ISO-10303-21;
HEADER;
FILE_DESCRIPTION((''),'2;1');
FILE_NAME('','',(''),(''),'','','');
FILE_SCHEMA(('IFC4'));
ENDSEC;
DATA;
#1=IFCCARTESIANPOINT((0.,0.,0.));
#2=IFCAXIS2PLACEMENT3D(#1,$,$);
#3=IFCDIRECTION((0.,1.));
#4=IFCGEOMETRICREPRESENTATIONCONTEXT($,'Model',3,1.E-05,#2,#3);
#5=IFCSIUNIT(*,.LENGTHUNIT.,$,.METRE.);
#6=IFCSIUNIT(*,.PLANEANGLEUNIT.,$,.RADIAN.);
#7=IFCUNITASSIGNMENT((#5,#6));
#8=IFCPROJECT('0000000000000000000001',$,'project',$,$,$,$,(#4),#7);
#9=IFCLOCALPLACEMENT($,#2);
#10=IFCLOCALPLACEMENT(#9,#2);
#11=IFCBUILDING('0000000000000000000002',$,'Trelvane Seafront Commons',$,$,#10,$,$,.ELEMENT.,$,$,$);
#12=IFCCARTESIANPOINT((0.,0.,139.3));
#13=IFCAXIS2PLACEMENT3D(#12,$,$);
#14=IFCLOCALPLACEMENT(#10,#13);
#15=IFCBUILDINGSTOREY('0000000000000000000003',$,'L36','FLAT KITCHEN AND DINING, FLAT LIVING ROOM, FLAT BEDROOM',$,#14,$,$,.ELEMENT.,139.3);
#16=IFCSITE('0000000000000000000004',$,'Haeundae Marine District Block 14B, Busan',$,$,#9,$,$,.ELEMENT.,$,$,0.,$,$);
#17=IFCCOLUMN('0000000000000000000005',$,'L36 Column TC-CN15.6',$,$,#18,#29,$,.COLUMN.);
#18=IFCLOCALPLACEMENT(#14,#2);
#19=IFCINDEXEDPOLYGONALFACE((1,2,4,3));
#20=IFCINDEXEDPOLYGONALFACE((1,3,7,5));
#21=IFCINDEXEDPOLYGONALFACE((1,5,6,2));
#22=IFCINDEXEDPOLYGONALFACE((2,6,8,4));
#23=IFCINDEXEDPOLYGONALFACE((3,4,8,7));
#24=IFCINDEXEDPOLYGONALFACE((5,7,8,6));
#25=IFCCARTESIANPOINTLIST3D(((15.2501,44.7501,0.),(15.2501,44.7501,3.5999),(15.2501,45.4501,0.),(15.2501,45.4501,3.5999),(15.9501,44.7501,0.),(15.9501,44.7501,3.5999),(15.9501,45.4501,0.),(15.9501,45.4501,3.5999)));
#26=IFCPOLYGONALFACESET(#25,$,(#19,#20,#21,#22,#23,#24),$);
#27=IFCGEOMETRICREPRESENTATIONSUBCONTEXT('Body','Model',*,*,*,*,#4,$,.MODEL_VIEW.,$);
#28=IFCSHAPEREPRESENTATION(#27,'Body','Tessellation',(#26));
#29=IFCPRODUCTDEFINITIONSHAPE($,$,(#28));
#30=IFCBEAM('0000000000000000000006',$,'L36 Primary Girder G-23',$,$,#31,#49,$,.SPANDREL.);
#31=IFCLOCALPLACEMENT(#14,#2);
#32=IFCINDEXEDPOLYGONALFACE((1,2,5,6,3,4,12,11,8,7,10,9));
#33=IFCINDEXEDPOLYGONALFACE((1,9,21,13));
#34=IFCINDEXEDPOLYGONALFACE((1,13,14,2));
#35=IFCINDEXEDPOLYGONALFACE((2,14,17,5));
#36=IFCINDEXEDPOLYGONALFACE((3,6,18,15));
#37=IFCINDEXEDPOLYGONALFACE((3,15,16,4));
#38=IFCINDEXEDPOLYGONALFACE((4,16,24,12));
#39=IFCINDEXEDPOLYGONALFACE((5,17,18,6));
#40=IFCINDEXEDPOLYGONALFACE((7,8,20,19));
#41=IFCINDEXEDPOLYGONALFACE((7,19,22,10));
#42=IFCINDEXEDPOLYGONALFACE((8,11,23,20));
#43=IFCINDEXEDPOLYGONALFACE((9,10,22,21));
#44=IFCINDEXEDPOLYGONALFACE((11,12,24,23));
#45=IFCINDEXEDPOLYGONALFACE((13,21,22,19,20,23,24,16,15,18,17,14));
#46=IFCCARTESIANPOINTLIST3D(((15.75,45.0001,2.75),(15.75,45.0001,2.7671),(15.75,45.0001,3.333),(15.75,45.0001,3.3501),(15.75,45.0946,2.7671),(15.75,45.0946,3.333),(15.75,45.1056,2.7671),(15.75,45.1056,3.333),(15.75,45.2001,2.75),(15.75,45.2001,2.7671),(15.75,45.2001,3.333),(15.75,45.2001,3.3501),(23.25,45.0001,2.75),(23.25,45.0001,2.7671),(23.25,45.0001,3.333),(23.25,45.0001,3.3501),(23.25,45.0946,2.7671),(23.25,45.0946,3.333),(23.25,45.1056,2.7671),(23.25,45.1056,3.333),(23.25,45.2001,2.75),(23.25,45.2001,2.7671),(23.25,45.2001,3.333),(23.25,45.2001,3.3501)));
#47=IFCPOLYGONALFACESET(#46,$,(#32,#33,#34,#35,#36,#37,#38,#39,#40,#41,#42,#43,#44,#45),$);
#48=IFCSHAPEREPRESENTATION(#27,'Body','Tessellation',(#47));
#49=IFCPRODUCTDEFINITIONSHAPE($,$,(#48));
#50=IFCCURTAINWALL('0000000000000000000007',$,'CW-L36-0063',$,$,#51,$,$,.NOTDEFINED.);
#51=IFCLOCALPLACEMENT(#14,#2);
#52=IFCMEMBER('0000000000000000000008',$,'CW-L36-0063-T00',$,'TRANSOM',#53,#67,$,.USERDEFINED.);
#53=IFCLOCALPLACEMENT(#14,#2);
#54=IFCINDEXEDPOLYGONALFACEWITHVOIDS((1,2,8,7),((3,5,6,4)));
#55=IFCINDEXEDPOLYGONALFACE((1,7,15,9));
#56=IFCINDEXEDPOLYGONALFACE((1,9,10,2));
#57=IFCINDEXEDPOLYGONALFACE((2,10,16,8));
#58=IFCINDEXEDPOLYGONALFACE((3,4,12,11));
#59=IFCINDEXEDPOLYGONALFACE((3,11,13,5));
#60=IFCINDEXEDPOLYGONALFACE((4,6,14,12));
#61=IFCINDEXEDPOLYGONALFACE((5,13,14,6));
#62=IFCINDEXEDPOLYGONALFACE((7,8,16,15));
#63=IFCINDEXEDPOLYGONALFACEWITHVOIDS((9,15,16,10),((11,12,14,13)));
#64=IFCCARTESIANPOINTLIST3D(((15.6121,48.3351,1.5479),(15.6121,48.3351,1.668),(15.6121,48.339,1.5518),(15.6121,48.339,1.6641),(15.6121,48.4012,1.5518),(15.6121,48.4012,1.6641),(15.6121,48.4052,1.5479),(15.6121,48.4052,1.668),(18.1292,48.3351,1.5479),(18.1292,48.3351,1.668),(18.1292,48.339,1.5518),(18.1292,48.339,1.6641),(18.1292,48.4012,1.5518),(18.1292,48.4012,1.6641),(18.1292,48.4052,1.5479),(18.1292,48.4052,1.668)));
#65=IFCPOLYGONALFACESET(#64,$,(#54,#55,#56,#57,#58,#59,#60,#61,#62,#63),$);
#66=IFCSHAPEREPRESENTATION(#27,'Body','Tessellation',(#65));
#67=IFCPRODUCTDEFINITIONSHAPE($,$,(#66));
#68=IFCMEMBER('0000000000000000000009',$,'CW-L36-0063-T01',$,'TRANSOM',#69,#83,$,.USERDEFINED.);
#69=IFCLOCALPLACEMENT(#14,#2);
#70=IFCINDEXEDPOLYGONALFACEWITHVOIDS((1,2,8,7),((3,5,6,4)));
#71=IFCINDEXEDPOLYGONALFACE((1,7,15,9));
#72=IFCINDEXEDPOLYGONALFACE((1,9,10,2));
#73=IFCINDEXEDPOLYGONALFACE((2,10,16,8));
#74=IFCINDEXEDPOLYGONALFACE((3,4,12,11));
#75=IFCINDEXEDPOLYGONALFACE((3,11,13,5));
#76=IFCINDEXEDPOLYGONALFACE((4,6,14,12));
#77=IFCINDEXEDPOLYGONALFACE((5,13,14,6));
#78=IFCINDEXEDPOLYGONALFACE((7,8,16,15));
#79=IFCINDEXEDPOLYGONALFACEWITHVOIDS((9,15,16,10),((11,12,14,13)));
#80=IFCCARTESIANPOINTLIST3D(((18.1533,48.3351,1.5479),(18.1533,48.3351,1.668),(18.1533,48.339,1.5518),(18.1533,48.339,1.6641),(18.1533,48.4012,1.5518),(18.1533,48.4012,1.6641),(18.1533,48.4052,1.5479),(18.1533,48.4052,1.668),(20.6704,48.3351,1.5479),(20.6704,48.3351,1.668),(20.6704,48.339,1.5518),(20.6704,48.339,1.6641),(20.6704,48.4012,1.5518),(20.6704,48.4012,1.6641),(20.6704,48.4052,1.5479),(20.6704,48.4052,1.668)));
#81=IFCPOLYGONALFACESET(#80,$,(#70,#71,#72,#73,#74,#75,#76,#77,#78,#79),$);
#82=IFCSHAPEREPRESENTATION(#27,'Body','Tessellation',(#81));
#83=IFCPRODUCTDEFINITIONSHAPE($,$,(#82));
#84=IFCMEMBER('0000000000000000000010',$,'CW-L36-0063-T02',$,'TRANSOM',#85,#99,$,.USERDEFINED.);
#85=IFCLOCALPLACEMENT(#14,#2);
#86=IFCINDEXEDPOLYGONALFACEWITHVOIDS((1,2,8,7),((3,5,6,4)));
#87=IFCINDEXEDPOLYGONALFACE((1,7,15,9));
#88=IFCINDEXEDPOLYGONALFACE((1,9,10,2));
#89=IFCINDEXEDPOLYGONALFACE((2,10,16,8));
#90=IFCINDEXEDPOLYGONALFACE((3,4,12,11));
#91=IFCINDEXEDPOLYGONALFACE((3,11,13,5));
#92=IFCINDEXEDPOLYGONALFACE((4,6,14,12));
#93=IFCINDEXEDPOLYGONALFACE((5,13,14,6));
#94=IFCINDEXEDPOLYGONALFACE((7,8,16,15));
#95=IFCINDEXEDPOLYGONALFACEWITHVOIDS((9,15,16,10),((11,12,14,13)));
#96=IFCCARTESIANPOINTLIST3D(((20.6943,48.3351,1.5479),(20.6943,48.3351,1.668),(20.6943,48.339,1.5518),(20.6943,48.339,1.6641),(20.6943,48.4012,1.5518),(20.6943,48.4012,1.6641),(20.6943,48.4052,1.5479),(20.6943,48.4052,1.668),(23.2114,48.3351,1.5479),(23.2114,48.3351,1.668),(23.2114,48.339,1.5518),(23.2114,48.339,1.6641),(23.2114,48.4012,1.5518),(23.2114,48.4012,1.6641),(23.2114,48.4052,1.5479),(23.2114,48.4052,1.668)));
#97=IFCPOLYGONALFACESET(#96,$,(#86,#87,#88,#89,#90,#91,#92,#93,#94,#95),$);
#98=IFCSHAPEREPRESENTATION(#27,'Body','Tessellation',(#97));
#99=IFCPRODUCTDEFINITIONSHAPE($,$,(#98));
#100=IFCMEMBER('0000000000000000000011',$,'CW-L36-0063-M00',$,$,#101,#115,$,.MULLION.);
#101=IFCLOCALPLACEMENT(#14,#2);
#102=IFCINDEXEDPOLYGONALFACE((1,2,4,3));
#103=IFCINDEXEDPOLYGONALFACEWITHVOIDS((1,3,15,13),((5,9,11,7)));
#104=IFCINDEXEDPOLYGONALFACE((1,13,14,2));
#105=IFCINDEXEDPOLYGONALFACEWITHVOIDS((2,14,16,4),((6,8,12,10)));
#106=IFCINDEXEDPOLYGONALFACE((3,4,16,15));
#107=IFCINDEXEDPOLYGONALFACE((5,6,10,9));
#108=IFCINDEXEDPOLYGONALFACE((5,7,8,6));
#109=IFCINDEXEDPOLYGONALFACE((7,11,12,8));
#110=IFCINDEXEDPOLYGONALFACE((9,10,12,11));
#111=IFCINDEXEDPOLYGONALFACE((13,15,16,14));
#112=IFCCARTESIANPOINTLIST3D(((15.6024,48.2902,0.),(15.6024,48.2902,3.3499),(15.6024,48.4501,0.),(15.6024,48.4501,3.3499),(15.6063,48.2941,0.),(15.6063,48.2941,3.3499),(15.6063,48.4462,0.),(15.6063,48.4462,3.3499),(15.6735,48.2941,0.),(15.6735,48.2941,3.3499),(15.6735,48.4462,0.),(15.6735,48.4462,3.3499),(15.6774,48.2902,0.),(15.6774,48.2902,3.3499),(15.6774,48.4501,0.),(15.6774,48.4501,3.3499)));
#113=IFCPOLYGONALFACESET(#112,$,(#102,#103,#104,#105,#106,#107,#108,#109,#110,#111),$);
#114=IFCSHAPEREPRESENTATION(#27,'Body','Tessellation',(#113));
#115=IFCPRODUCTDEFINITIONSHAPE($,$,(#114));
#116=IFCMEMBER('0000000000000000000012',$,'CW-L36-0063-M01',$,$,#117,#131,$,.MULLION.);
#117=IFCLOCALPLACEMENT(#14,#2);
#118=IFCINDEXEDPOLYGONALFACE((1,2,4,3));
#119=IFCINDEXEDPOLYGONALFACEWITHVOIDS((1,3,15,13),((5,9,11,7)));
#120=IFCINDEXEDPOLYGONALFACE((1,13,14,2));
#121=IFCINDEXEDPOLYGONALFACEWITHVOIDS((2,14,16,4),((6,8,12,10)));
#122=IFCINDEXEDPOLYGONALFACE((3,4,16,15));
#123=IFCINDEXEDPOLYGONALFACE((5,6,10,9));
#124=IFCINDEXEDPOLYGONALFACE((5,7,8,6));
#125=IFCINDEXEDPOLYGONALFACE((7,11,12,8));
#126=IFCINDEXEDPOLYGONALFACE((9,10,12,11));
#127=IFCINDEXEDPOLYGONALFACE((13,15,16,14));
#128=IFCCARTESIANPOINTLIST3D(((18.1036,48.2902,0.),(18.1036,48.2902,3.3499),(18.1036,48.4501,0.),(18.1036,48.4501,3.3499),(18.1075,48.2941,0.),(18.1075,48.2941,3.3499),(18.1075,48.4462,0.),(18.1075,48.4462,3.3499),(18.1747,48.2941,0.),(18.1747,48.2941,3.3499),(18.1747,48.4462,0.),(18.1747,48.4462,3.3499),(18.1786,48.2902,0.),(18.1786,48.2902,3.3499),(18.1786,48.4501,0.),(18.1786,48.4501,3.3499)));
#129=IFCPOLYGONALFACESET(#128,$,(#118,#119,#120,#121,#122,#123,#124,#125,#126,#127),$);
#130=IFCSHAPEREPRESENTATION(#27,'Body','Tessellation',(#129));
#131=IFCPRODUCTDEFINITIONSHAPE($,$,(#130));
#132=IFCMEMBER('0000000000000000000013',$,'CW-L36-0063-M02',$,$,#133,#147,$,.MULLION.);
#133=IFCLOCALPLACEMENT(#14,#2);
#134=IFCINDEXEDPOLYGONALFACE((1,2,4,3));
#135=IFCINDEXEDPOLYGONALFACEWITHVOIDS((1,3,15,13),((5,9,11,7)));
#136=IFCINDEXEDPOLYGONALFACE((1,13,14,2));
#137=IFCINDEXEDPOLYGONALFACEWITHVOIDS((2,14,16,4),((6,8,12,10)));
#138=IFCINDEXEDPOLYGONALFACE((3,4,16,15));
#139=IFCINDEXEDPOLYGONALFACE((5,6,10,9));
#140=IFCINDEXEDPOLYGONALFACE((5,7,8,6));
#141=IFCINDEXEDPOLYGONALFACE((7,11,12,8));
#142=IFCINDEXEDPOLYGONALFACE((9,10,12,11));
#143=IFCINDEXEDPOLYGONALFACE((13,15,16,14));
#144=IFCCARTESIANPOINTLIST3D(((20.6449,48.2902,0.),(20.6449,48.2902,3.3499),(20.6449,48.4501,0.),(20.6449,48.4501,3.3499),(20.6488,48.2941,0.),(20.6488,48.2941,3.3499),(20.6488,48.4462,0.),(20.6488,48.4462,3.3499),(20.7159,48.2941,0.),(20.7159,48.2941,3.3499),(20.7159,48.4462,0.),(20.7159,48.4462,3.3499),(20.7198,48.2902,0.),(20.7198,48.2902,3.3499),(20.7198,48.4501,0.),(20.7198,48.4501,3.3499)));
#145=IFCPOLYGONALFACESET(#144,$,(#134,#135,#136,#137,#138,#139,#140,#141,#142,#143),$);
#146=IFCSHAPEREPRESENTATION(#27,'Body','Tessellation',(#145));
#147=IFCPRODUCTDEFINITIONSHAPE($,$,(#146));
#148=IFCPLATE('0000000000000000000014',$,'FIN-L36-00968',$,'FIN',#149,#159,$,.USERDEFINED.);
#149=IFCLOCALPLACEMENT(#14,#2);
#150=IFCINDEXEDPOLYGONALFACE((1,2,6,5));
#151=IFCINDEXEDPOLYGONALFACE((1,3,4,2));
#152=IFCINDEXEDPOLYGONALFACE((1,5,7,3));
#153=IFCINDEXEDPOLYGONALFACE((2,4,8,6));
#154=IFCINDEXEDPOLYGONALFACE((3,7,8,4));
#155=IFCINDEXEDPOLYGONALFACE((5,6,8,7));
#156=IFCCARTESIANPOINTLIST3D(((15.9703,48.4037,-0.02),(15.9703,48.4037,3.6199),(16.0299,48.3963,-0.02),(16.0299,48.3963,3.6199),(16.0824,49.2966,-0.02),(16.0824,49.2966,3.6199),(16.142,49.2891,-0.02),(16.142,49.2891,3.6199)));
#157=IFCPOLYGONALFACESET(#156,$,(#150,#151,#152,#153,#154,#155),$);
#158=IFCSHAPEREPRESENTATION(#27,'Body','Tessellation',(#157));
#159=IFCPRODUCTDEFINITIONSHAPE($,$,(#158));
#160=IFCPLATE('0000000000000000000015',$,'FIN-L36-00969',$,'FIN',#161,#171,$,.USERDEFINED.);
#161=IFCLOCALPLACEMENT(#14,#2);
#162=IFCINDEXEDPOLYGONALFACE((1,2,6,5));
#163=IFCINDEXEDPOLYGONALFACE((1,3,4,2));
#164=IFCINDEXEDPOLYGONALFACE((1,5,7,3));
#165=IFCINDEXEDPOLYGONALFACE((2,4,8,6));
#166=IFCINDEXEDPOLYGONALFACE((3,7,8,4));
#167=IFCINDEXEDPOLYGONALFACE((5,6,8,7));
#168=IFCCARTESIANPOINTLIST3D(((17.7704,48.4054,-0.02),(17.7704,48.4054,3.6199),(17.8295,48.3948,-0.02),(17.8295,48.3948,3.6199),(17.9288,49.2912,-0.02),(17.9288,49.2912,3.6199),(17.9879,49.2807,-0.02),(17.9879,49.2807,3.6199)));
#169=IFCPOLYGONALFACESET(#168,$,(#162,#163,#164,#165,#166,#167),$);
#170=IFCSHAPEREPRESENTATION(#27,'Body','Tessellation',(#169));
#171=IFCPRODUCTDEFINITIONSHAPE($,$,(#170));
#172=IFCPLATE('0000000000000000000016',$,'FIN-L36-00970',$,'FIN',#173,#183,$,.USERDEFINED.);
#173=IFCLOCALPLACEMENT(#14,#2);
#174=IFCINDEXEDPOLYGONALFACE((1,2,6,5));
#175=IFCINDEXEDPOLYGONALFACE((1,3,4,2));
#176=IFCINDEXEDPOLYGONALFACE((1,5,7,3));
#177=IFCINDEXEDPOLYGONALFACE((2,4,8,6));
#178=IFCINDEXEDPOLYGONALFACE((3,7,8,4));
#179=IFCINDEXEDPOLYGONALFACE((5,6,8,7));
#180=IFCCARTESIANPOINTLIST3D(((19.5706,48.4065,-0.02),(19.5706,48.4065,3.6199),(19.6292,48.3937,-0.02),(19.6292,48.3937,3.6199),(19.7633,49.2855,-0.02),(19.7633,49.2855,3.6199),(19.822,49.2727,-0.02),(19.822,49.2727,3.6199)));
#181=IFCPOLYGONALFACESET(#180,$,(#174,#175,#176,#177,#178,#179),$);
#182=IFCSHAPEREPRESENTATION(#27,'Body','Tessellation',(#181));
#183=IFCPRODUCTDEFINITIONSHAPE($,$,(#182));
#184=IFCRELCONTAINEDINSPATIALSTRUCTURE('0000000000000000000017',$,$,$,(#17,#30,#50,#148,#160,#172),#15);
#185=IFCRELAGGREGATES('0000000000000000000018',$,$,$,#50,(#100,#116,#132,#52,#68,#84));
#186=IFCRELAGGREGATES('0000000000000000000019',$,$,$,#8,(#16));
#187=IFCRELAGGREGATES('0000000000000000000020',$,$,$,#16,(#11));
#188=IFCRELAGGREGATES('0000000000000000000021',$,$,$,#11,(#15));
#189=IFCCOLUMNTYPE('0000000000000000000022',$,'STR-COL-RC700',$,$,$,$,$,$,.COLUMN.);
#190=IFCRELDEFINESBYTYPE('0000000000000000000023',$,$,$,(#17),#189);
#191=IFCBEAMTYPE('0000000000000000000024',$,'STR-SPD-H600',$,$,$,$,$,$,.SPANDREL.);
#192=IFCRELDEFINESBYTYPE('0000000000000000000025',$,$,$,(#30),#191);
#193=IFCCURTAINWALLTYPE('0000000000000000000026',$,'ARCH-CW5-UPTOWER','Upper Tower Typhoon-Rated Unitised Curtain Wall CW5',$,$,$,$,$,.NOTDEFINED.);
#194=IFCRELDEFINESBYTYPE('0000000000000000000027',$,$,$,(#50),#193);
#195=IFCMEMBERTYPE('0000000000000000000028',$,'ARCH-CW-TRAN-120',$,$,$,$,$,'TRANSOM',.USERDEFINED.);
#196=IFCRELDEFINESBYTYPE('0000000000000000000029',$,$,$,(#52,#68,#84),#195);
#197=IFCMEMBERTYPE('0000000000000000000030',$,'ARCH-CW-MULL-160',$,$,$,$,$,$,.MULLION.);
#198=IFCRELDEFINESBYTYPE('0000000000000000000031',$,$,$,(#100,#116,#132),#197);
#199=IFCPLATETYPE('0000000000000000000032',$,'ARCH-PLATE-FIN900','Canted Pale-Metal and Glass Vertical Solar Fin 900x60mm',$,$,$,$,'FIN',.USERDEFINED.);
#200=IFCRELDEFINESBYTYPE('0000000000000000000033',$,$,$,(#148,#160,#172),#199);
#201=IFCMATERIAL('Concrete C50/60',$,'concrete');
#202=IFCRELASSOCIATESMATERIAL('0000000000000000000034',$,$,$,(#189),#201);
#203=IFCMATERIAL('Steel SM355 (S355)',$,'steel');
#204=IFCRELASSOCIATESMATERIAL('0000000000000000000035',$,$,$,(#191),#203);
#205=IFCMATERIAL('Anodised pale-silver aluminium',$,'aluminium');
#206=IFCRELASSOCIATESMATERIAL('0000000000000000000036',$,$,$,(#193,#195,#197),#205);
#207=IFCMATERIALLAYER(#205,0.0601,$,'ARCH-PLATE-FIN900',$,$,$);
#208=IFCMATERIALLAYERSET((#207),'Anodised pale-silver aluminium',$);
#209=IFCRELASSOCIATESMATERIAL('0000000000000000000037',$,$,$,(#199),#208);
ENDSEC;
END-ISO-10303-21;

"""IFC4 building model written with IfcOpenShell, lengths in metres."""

from ifc_helpers import new_model, si_unit, direction, frame, origin, origin_2d, place, context, subcontext, project, spatial, rectangle, hollow_rectangle, i_section, extrude, source, transform, mapped, material, layer, layer_set, material_profile, profile_set, type_object, element, aggregate, save


model = new_model("IFC4")

# Units and contexts
model_context = context("Model", 3, precision=1e-05, world=origin(), true_north=direction((0.0, 1.0)))
body_context = subcontext(model_context, "Body", "Model", "MODEL_VIEW")
ifc_project = project(units=[si_unit("LENGTHUNIT", "METRE"), si_unit("PLANEANGLEUNIT", "RADIAN")], contexts=[model_context])

# Site, building, storey
site_placement = place(None, origin())
site = spatial("IfcSite", under=ifc_project, at=site_placement, Name="Haeundae Marine District Block 14B, Busan", CompositionType="ELEMENT", RefElevation=0.0)
building_placement = place(site_placement, origin())
building = spatial("IfcBuilding", under=site, at=building_placement, Name="Trelvane Seafront Commons", CompositionType="ELEMENT")
storey_placement = place(building_placement, frame((0.0, 0.0, 139.3)))
storey = spatial("IfcBuildingStorey", under=building, at=storey_placement, Name="L36", Description="FLAT KITCHEN AND DINING, FLAT LIVING ROOM, FLAT BEDROOM", CompositionType="ELEMENT", Elevation=139.3)

# Column
ifc_material_1 = material(Name="Concrete C50/60", Category="concrete")
ifc_material_profile_1 = material_profile(ifc_material_1, rectangle(XDim=0.7, YDim=0.7, at=origin_2d()), Name="RC-700x700")
ifc_profile_set_1 = profile_set([ifc_material_profile_1], Name="Concrete C50/60")
column_type = type_object("IfcColumnType", Name="STR-COL-RC700", PredefinedType="COLUMN", material=ifc_profile_set_1)
shared_shape_1 = source(origin(), body_context, "Body", "SweptSolid", [
    extrude(rectangle(XDim=0.7, YDim=0.7, at=origin_2d()), origin(), (0.0, 0.0, 1.0), 3.5999),
])
column_placement = place(storey_placement, frame((15.6001, 45.1001, 0.0), z_axis=(0.0, 0.0, 1.0), x_axis=(1.0, 0.0, 0.0)))
element("IfcColumn", 1, at=column_placement, inside=storey, type_object=column_type, Name="L36 Column TC-CN15.6", PredefinedType="COLUMN", context=body_context, shape_type="MappedRepresentation", body=[
    mapped(shared_shape_1, transform((0.0, 0.0, 0.0), x_axis=(1.0, 0.0, 0.0), y_axis=(0.0, 1.0, 0.0), z_axis=(0.0, 0.0, 1.0), scale=1.0)),
])

# Beam
ifc_material_2 = material(Name="Steel SM355 (S355)", Category="steel")
ifc_material_profile_2 = material_profile(ifc_material_2, i_section(OverallWidth=0.2, OverallDepth=0.6001, WebThickness=0.011, FlangeThickness=0.0171, at=origin_2d()), Name="H-600x200x11x17")
ifc_profile_set_2 = profile_set([ifc_material_profile_2], Name="Steel SM355 (S355)")
beam_type = type_object("IfcBeamType", Name="STR-SPD-H600", PredefinedType="SPANDREL", material=ifc_profile_set_2)
shared_shape_2 = source(origin(), body_context, "Body", "SweptSolid", [
    extrude(i_section(OverallWidth=0.2, OverallDepth=0.6001, WebThickness=0.011, FlangeThickness=0.0171, at=origin_2d()), origin(), (0.0, 0.0, 1.0), 7.5),
])
beam_placement = place(storey_placement, frame((15.75, 45.1001, 3.05), z_axis=(1.0, 0.0, 0.0), x_axis=(0.0, 1.0, 0.0)))
element("IfcBeam", 2, at=beam_placement, inside=storey, type_object=beam_type, Name="L36 Primary Girder G-23", PredefinedType="SPANDREL", context=body_context, shape_type="MappedRepresentation", body=[
    mapped(shared_shape_2, transform((0.0, 0.0, 0.0), x_axis=(1.0, 0.0, 0.0), y_axis=(0.0, 1.0, 0.0), z_axis=(0.0, 0.0, 1.0), scale=1.0)),
])

# Curtain wall, members
ifc_material_3 = material(Name="Anodised pale-silver aluminium", Category="aluminium")
curtain_wall_type = type_object("IfcCurtainWallType", Name="ARCH-CW5-UPTOWER", Description="Upper Tower Typhoon-Rated Unitised Curtain Wall CW5", PredefinedType="NOTDEFINED", material=ifc_material_3)
curtain_wall_placement = place(storey_placement, origin())
curtain_wall = element("IfcCurtainWall", 3, at=curtain_wall_placement, inside=storey, type_object=curtain_wall_type, Name="CW-L36-0063", PredefinedType="NOTDEFINED")
ifc_material_profile_3 = material_profile(ifc_material_3, hollow_rectangle(XDim=0.0701, YDim=0.1201, WallThickness=0.0039, at=origin_2d()), Name="TRAN-70x120x4")
ifc_profile_set_3 = profile_set([ifc_material_profile_3], Name="Anodised pale-silver aluminium")
member_type_1 = type_object("IfcMemberType", Name="ARCH-CW-TRAN-120", ElementType="TRANSOM", PredefinedType="USERDEFINED", material=ifc_profile_set_3)
shared_shape_3 = source(origin(), body_context, "Body", "SweptSolid", [
    extrude(hollow_rectangle(XDim=0.0701, YDim=0.1201, WallThickness=0.0039, at=origin_2d()), origin(), (0.0, 0.0, 1.0), 2.5171),
])
member_1_placement = place(storey_placement, frame((15.6121, 48.3701, 1.6079), z_axis=(1.0, 0.0, 0.0), x_axis=(0.0, 1.0, 0.0)))
member_1 = element("IfcMember", 4, at=member_1_placement, type_object=member_type_1, Name="CW-L36-0063-T00", ObjectType="TRANSOM", PredefinedType="USERDEFINED", context=body_context, shape_type="MappedRepresentation", body=[
    mapped(shared_shape_3, transform((0.0, 0.0, 0.0), x_axis=(1.0, 0.0, 0.0), y_axis=(0.0, 1.0, 0.0), z_axis=(0.0, 0.0, 1.0), scale=1.0)),
])
member_2_placement = place(storey_placement, frame((18.1533, 48.3701, 1.6079), z_axis=(1.0, 0.0, 0.0), x_axis=(0.0, 1.0, 0.0)))
member_2 = element("IfcMember", 5, at=member_2_placement, type_object=member_type_1, Name="CW-L36-0063-T01", ObjectType="TRANSOM", PredefinedType="USERDEFINED", context=body_context, shape_type="MappedRepresentation", body=[
    mapped(shared_shape_3, transform((0.0, 0.0, 0.0), x_axis=(1.0, 0.0, 0.0), y_axis=(0.0, 1.0, 0.0), z_axis=(0.0, 0.0, 1.0), scale=1.0)),
])
member_3_placement = place(storey_placement, frame((20.6943, 48.3701, 1.6079), z_axis=(1.0, 0.0, 0.0), x_axis=(0.0, 1.0, 0.0)))
member_3 = element("IfcMember", 6, at=member_3_placement, type_object=member_type_1, Name="CW-L36-0063-T02", ObjectType="TRANSOM", PredefinedType="USERDEFINED", context=body_context, shape_type="MappedRepresentation", body=[
    mapped(shared_shape_3, transform((0.0, 0.0, 0.0), x_axis=(1.0, 0.0, 0.0), y_axis=(0.0, 1.0, 0.0), z_axis=(0.0, 0.0, 1.0), scale=1.0)),
])
ifc_material_profile_4 = material_profile(ifc_material_3, hollow_rectangle(XDim=0.075, YDim=0.1599, WallThickness=0.0039, at=origin_2d()), Name="MULL-75x160x4")
ifc_profile_set_4 = profile_set([ifc_material_profile_4], Name="Anodised pale-silver aluminium")
member_type_2 = type_object("IfcMemberType", Name="ARCH-CW-MULL-160", PredefinedType="MULLION", material=ifc_profile_set_4)
shared_shape_4 = source(origin(), body_context, "Body", "SweptSolid", [
    extrude(hollow_rectangle(XDim=0.075, YDim=0.1599, WallThickness=0.0039, at=origin_2d()), origin(), (0.0, 0.0, 1.0), 3.3499),
])
member_4_placement = place(storey_placement, frame((15.6399, 48.3701, 0.0), z_axis=(0.0, 0.0, 1.0), x_axis=(1.0, 0.0, 0.0)))
member_4 = element("IfcMember", 7, at=member_4_placement, type_object=member_type_2, Name="CW-L36-0063-M00", PredefinedType="MULLION", context=body_context, shape_type="MappedRepresentation", body=[
    mapped(shared_shape_4, transform((0.0, 0.0, 0.0), x_axis=(1.0, 0.0, 0.0), y_axis=(0.0, 1.0, 0.0), z_axis=(0.0, 0.0, 1.0), scale=1.0)),
])
member_5_placement = place(storey_placement, frame((18.1411, 48.3701, 0.0), z_axis=(0.0, 0.0, 1.0), x_axis=(1.0, 0.0, 0.0)))
member_5 = element("IfcMember", 8, at=member_5_placement, type_object=member_type_2, Name="CW-L36-0063-M01", PredefinedType="MULLION", context=body_context, shape_type="MappedRepresentation", body=[
    mapped(shared_shape_4, transform((0.0, 0.0, 0.0), x_axis=(1.0, 0.0, 0.0), y_axis=(0.0, 1.0, 0.0), z_axis=(0.0, 0.0, 1.0), scale=1.0)),
])
member_6_placement = place(storey_placement, frame((20.6824, 48.3701, 0.0), z_axis=(0.0, 0.0, 1.0), x_axis=(1.0, 0.0, 0.0)))
member_6 = element("IfcMember", 9, at=member_6_placement, type_object=member_type_2, Name="CW-L36-0063-M02", PredefinedType="MULLION", context=body_context, shape_type="MappedRepresentation", body=[
    mapped(shared_shape_4, transform((0.0, 0.0, 0.0), x_axis=(1.0, 0.0, 0.0), y_axis=(0.0, 1.0, 0.0), z_axis=(0.0, 0.0, 1.0), scale=1.0)),
])

# Plates
ifc_layer_1 = layer(ifc_material_3, 0.0601, Name="ARCH-PLATE-FIN900")
ifc_layer_set_1 = layer_set([ifc_layer_1], Name="Anodised pale-silver aluminium")
plate_type_1 = type_object("IfcPlateType", Name="ARCH-PLATE-FIN900", Description="Canted Pale-Metal and Glass Vertical Solar Fin 900x60mm", ElementType="FIN", PredefinedType="USERDEFINED", material=ifc_layer_set_1)
shared_shape_5 = source(origin(), body_context, "Body", "SweptSolid", [
    extrude(rectangle(XDim=0.8999, YDim=0.0601, at=origin_2d()), origin(), (0.0, 0.0, 1.0), 3.6399),
])
for number, where, z_axis, x_axis, name in (
    (10, (16.0562, 48.8464, -0.02), (0.0, 0.0, 1.0), (0.124663, 0.992199, 0.0), "FIN-L36-00968"),
    (11, (17.8792, 48.843, -0.02), (0.0, 0.0, 1.0), (0.176009, 0.984388, 0.0), "FIN-L36-00969"),
    (12, (19.6963, 48.8396, -0.02), (0.0, 0.0, 1.0), (0.214224, 0.976785, 0.0), "FIN-L36-00970"),
):
    element("IfcPlate", number, at=place(storey_placement, frame(where, z_axis=z_axis, x_axis=x_axis)), inside=storey, type_object=plate_type_1, Name=name, ObjectType="FIN", PredefinedType="USERDEFINED", context=body_context, shape_type="MappedRepresentation", body=[
        mapped(shared_shape_5, transform((0.0, 0.0, 0.0), x_axis=(1.0, 0.0, 0.0), y_axis=(0.0, 1.0, 0.0), z_axis=(0.0, 0.0, 1.0), scale=1.0)),
    ])

aggregate(curtain_wall, [member_4, member_5, member_6, member_1, member_2, member_3])

save(model, "model.ifc")
